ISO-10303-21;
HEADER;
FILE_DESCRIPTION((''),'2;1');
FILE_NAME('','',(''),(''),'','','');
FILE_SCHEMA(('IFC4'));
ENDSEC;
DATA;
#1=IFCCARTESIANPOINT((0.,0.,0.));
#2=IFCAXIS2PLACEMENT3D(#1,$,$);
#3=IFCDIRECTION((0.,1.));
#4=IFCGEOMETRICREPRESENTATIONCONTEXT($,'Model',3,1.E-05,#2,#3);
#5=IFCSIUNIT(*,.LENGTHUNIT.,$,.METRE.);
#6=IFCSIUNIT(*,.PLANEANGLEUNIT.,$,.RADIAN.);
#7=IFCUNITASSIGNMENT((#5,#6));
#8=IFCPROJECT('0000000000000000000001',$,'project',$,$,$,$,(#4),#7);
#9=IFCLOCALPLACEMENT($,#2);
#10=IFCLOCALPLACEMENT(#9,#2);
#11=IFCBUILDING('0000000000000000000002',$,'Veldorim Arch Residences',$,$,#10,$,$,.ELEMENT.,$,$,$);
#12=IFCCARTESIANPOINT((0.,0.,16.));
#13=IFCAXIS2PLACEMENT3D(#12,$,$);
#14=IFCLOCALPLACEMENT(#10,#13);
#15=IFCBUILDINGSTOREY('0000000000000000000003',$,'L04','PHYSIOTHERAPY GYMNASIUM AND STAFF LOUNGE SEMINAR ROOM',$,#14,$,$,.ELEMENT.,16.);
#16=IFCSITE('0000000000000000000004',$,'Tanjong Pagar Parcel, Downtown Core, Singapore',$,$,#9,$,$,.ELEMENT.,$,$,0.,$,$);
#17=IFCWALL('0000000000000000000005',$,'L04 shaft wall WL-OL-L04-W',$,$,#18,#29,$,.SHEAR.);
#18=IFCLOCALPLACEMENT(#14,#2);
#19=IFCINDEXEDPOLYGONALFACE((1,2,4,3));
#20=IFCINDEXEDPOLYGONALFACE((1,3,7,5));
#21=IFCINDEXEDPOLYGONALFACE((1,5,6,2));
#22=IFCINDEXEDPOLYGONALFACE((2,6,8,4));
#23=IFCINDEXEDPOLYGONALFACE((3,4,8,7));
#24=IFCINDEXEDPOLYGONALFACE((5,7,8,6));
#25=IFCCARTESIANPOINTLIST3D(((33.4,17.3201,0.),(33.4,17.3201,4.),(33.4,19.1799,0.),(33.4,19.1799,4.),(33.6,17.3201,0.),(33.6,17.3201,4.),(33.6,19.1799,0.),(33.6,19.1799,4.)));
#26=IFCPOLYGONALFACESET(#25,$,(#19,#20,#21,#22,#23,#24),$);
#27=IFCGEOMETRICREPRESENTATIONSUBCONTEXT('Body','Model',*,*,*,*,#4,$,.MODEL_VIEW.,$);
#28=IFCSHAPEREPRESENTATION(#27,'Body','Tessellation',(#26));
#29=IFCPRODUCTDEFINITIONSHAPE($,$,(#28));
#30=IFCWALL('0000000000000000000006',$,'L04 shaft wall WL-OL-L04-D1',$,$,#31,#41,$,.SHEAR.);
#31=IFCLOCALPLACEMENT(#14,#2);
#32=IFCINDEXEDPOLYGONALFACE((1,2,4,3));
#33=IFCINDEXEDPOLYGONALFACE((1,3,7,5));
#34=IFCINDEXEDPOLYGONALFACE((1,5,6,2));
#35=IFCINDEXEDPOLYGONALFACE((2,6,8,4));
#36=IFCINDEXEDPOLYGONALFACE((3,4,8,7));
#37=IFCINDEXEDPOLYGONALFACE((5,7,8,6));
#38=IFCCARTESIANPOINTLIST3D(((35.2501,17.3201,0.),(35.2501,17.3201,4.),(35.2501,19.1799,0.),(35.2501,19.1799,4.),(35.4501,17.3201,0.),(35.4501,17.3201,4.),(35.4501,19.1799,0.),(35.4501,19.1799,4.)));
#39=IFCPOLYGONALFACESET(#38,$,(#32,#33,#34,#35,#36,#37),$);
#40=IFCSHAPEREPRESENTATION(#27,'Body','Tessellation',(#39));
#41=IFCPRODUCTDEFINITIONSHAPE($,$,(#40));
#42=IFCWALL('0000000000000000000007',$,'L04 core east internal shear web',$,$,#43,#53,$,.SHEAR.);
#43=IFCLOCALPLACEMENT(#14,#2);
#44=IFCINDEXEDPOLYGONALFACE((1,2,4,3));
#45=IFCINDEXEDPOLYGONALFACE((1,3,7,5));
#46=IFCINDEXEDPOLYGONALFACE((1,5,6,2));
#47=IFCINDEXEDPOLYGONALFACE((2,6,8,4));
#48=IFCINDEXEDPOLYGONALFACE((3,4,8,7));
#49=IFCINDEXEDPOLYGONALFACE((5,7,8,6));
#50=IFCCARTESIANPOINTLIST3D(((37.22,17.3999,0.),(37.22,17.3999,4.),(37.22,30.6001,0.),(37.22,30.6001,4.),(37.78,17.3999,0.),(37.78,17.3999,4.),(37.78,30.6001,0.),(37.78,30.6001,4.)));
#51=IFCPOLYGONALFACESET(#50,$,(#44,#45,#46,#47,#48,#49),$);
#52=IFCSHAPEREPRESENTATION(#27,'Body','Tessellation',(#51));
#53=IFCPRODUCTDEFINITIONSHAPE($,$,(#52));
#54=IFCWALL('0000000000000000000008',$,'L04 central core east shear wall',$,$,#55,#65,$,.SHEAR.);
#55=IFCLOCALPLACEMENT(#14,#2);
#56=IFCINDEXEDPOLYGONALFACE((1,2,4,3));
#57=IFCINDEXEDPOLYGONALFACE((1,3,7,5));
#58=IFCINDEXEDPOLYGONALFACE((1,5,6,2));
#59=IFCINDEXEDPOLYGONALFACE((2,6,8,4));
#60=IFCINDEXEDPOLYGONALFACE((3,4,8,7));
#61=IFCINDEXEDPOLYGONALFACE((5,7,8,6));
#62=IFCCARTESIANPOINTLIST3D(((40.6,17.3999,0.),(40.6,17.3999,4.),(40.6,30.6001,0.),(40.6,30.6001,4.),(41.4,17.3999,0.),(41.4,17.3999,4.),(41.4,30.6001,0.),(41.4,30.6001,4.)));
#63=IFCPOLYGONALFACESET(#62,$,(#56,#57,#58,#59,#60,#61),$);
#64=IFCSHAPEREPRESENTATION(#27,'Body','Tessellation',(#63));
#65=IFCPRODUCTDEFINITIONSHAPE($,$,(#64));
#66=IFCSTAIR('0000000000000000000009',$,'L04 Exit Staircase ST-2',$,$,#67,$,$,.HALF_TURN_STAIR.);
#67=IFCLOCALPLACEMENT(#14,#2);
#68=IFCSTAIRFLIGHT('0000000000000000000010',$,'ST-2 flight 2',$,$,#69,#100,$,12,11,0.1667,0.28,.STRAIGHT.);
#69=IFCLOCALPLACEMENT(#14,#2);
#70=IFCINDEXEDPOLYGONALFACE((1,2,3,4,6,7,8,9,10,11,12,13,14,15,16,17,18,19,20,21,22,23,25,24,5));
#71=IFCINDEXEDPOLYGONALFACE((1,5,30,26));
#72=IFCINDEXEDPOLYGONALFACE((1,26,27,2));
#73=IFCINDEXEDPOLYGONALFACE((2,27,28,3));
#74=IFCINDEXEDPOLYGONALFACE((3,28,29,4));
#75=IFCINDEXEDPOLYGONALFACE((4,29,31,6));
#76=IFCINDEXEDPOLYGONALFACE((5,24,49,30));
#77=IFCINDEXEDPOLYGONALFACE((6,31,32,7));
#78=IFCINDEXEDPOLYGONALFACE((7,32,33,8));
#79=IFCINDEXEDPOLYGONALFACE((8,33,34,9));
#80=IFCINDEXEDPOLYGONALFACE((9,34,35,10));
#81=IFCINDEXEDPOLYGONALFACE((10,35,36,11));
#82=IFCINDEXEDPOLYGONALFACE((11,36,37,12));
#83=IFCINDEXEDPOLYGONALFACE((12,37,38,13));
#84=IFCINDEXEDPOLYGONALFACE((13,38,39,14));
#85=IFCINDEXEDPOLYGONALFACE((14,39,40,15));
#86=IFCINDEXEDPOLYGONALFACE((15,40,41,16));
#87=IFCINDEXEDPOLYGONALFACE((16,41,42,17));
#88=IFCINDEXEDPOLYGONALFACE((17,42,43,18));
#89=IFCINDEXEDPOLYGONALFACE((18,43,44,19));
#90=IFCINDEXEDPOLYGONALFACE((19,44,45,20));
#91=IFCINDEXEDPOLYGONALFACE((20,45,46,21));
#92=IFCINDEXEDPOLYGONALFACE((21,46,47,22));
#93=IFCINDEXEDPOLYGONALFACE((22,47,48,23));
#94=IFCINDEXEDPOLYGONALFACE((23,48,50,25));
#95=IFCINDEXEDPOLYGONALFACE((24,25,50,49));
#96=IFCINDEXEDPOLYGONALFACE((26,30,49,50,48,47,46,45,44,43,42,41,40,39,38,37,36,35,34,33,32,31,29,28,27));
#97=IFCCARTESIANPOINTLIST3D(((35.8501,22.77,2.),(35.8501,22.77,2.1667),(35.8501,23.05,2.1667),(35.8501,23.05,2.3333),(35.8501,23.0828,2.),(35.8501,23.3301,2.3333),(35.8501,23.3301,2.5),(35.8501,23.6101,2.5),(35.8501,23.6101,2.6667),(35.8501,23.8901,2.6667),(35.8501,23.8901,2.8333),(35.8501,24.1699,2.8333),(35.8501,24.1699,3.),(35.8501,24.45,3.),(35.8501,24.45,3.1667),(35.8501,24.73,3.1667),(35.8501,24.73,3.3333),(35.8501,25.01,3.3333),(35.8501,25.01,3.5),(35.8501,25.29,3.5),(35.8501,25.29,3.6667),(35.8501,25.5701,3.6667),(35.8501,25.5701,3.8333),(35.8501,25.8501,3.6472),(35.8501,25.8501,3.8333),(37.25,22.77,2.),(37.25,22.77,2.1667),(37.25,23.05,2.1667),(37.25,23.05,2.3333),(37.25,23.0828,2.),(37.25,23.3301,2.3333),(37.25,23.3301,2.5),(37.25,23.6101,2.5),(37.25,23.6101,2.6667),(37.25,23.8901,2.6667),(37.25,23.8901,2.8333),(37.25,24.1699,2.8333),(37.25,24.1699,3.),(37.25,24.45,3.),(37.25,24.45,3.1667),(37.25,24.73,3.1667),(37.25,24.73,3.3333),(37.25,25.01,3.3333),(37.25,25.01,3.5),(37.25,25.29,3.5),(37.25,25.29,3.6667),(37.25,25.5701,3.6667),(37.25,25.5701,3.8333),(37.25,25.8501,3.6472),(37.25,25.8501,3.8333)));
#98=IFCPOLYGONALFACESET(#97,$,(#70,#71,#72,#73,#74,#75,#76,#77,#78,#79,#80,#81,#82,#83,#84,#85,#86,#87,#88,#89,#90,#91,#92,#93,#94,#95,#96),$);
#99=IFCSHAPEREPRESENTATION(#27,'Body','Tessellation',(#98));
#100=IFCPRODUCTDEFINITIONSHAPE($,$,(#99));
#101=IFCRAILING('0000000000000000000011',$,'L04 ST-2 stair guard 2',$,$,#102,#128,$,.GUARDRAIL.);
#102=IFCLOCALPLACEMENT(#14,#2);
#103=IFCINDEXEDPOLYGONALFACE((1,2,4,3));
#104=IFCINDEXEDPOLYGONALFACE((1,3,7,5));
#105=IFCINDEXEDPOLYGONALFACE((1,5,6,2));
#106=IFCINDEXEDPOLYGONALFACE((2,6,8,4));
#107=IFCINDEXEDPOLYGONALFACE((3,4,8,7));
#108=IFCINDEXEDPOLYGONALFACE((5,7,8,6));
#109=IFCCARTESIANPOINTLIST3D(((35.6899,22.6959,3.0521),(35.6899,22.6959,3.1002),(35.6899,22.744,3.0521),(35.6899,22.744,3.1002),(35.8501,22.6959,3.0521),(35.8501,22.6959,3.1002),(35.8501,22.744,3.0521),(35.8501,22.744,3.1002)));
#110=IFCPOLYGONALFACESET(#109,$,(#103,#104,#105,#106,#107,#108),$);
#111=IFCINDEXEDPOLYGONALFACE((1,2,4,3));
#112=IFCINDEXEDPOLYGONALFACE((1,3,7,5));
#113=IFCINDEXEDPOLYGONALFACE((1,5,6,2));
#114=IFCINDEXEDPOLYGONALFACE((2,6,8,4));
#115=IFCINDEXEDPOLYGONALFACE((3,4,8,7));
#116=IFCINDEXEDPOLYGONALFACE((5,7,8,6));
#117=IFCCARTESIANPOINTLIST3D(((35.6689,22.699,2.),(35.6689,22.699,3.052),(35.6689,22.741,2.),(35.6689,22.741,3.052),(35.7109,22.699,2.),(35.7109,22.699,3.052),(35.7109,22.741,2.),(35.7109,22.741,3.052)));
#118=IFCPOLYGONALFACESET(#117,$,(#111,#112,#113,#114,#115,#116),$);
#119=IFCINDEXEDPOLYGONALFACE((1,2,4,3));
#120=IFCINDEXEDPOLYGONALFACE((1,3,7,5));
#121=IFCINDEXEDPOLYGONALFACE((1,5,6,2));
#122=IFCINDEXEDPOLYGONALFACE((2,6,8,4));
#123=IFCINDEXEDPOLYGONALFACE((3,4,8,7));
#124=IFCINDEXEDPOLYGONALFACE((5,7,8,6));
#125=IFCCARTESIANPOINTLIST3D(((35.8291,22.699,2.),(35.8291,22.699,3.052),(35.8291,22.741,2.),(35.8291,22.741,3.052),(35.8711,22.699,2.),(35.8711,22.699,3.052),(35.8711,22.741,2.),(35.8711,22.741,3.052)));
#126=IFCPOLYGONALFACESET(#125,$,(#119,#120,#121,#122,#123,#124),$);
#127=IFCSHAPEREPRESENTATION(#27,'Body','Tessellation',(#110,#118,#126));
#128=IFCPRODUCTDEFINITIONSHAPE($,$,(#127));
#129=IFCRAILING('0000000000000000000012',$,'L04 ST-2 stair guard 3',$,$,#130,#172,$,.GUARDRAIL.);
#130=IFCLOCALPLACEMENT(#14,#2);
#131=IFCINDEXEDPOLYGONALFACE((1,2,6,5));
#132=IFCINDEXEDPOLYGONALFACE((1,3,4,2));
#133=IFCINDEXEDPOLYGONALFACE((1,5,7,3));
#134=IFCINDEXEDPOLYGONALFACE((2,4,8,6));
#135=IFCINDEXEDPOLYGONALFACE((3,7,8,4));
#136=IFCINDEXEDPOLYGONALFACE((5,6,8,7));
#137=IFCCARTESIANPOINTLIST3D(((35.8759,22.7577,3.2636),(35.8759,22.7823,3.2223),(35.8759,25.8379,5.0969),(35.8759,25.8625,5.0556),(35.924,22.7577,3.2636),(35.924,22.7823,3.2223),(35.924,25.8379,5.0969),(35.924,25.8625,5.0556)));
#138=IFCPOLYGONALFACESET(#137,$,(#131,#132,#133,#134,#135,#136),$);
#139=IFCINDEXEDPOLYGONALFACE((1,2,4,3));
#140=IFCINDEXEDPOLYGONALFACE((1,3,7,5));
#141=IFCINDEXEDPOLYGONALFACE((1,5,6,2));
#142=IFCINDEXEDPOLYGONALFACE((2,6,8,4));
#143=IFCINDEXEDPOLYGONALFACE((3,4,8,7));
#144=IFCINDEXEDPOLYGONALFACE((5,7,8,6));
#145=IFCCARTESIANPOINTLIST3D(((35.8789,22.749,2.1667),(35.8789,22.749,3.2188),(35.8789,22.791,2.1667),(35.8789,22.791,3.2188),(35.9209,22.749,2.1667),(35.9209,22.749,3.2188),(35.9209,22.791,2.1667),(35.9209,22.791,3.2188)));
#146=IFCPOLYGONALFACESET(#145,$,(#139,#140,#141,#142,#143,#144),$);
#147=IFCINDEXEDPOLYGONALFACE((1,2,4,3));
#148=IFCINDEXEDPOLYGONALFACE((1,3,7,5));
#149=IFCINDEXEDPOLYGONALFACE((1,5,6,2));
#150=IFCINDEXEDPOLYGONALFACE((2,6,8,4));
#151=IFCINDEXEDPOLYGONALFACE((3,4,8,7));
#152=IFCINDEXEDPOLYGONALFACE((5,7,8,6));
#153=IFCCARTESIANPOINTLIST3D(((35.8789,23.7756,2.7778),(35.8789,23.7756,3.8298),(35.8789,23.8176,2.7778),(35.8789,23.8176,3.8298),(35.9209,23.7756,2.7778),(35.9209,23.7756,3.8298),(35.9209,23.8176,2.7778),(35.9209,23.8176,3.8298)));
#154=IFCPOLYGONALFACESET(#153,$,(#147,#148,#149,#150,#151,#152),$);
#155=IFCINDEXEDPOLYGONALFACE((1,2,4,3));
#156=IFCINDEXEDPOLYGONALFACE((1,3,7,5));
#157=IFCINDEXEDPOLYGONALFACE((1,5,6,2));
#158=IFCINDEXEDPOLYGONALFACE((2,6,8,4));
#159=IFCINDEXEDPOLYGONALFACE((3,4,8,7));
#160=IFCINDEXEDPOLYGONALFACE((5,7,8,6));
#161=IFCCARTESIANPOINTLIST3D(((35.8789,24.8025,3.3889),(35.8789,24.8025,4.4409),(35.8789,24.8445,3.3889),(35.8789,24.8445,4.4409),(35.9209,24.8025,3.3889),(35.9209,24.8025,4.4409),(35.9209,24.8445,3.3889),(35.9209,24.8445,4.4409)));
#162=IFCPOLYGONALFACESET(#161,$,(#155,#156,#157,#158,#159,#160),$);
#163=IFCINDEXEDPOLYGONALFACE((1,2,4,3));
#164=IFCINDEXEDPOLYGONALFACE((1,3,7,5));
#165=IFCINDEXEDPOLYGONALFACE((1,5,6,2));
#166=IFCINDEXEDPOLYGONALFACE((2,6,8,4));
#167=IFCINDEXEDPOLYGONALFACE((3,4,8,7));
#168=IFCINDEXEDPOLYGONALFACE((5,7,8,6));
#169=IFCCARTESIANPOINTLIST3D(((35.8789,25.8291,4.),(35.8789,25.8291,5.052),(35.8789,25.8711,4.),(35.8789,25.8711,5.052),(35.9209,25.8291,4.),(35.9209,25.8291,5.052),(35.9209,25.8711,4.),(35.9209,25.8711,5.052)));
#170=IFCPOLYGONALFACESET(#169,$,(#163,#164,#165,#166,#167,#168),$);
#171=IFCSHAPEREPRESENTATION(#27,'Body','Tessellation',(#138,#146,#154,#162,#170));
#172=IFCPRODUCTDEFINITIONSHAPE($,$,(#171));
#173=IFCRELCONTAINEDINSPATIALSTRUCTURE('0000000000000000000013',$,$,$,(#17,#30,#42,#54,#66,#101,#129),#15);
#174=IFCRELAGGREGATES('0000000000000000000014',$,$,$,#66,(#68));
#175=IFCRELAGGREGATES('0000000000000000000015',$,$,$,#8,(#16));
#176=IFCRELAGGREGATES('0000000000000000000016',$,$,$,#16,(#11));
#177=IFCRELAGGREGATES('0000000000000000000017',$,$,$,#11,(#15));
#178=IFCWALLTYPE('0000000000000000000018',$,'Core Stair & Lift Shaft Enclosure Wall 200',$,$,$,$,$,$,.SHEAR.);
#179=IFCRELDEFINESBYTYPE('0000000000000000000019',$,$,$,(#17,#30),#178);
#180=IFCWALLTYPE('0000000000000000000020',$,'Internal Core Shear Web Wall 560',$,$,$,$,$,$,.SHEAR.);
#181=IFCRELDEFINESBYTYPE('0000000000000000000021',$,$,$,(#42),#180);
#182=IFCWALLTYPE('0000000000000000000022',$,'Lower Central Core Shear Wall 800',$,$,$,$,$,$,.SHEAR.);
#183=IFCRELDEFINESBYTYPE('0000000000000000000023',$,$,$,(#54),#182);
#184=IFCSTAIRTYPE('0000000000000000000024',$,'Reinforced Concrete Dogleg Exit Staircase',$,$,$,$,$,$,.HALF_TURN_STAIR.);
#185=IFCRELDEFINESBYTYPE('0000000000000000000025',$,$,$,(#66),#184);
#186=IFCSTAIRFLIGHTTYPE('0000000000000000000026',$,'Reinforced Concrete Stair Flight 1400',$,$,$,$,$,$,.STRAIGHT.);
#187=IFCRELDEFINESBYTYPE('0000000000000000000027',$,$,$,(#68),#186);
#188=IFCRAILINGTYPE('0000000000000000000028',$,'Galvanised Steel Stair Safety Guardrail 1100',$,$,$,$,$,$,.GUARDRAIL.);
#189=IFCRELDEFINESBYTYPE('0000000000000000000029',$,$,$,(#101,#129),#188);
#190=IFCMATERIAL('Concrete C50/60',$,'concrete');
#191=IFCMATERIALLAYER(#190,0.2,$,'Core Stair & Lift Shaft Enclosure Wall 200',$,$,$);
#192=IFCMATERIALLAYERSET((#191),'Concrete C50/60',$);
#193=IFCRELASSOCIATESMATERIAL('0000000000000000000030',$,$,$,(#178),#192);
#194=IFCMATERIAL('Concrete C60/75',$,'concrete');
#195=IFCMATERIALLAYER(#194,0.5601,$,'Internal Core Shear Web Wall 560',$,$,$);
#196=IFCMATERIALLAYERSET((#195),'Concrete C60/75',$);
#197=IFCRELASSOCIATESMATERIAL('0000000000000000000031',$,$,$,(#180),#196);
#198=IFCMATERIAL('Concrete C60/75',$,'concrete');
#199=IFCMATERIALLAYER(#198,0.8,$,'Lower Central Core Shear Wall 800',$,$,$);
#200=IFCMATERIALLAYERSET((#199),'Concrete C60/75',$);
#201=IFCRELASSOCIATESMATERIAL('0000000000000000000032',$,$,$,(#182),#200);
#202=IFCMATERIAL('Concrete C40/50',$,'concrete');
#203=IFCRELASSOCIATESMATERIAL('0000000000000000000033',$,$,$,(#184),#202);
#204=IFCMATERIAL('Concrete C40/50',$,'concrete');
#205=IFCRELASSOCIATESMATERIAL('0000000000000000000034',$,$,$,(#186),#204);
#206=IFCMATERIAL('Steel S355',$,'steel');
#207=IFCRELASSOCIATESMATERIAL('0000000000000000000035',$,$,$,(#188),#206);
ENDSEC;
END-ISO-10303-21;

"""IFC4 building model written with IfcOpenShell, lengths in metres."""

from ifc_helpers import new_model, si_unit, direction, frame, frame_2d, origin, origin_2d, place, context, subcontext, project, spatial, polyline, rectangle, outline, extrude, material, layer, layer_set, type_object, element, aggregate, save


model = new_model("IFC4")

# Units and contexts
model_context = context("Model", 3, precision=1e-05, world=origin(), true_north=direction((0.0, 1.0)))
body_context = subcontext(model_context, "Body", "Model", "MODEL_VIEW")
ifc_project = project(units=[si_unit("LENGTHUNIT", "METRE"), si_unit("PLANEANGLEUNIT", "RADIAN")], contexts=[model_context])

# Site, building, storey
site_placement = place(None, origin())
site = spatial("IfcSite", under=ifc_project, at=site_placement, Name="Tanjong Pagar Parcel, Downtown Core, Singapore", CompositionType="ELEMENT", RefElevation=0.0)
building_placement = place(site_placement, origin())
building = spatial("IfcBuilding", under=site, at=building_placement, Name="Veldorim Arch Residences", CompositionType="ELEMENT")
storey_placement = place(building_placement, frame((0.0, 0.0, 16.0)))
storey = spatial("IfcBuildingStorey", under=building, at=storey_placement, Name="L04", Description="PHYSIOTHERAPY GYMNASIUM AND STAFF LOUNGE SEMINAR ROOM", CompositionType="ELEMENT", Elevation=16.0)

# Walls
ifc_material_1 = material(Name="Concrete C50/60", Category="concrete")
ifc_layer_1 = layer(ifc_material_1, 0.2, Name="Core Stair & Lift Shaft Enclosure Wall 200")
ifc_layer_set_1 = layer_set([ifc_layer_1], Name="Concrete C50/60")
wall_type_1 = type_object("IfcWallType", Name="Core Stair & Lift Shaft Enclosure Wall 200", PredefinedType="SHEAR", material=ifc_layer_set_1)
for number, where, z_axis, x_axis, name in (
    (1, (33.5, 17.3201, 0.0), (0.0, 0.0, 1.0), (0.0, 1.0, 0.0), "L04 shaft wall WL-OL-L04-W"),
    (2, (35.3501, 17.3201, 0.0), (0.0, 0.0, 1.0), (0.0, 1.0, 0.0), "L04 shaft wall WL-OL-L04-D1"),
):
    element("IfcWall", number, at=place(storey_placement, frame(where, z_axis=z_axis, x_axis=x_axis)), inside=storey, type_object=wall_type_1, Name=name, PredefinedType="SHEAR", context=body_context, shape_type="SweptSolid", body=[
        extrude(rectangle(XDim=1.8599, YDim=0.2, at=frame_2d((0.9299, 0.0))), origin(), (0.0, 0.0, 1.0), 4.0),
    ])
ifc_material_2 = material(Name="Concrete C60/75", Category="concrete")
ifc_layer_2 = layer(ifc_material_2, 0.5601, Name="Internal Core Shear Web Wall 560")
ifc_layer_set_2 = layer_set([ifc_layer_2], Name="Concrete C60/75")
wall_type_2 = type_object("IfcWallType", Name="Internal Core Shear Web Wall 560", PredefinedType="SHEAR", material=ifc_layer_set_2)
wall_1_placement = place(storey_placement, frame((37.5, 17.3999, 0.0), z_axis=(0.0, 0.0, 1.0), x_axis=(0.0, 1.0, 0.0)))
element("IfcWall", 3, at=wall_1_placement, inside=storey, type_object=wall_type_2, Name="L04 core east internal shear web", PredefinedType="SHEAR", context=body_context, shape_type="SweptSolid", body=[
    extrude(rectangle(XDim=13.2002, YDim=0.5601, at=frame_2d((6.6001, 0.0))), origin(), (0.0, 0.0, 1.0), 4.0),
])
ifc_material_3 = material(Name="Concrete C60/75", Category="concrete")
ifc_layer_3 = layer(ifc_material_3, 0.8, Name="Lower Central Core Shear Wall 800")
ifc_layer_set_3 = layer_set([ifc_layer_3], Name="Concrete C60/75")
wall_type_3 = type_object("IfcWallType", Name="Lower Central Core Shear Wall 800", PredefinedType="SHEAR", material=ifc_layer_set_3)
wall_2_placement = place(storey_placement, frame((41.0, 17.3999, 0.0), z_axis=(0.0, 0.0, 1.0), x_axis=(0.0, 1.0, 0.0)))
element("IfcWall", 4, at=wall_2_placement, inside=storey, type_object=wall_type_3, Name="L04 central core east shear wall", PredefinedType="SHEAR", context=body_context, shape_type="SweptSolid", body=[
    extrude(rectangle(XDim=13.2002, YDim=0.8, at=frame_2d((6.6001, 0.0))), origin(), (0.0, 0.0, 1.0), 4.0),
])

# Stair, stair flight
ifc_material_4 = material(Name="Concrete C40/50", Category="concrete")
stair_type = type_object("IfcStairType", Name="Reinforced Concrete Dogleg Exit Staircase", PredefinedType="HALF_TURN_STAIR", material=ifc_material_4)
stair_placement = place(storey_placement, origin())
stair = element("IfcStair", 5, at=stair_placement, inside=storey, type_object=stair_type, Name="L04 Exit Staircase ST-2", PredefinedType="HALF_TURN_STAIR")
ifc_material_5 = material(Name="Concrete C40/50", Category="concrete")
stair_flight_type = type_object("IfcStairFlightType", Name="Reinforced Concrete Stair Flight 1400", PredefinedType="STRAIGHT", material=ifc_material_5)
stair_flight_placement = place(storey_placement, frame((36.55, 22.77, 2.0), z_axis=(0.0, 0.0, 1.0), x_axis=(0.0, 1.0, 0.0)))
stair_flight = element("IfcStairFlight", 6, at=stair_flight_placement, type_object=stair_flight_type, Name="ST-2 flight 2", NumberOfRisers=12, NumberOfTreads=11, PredefinedType="STRAIGHT", RiserHeight=0.1667, TreadLength=0.28, context=body_context, shape_type="SweptSolid", body=[
    extrude(outline(polyline([(0.0, 0.0), (0.0, 0.1667), (0.28, 0.1667), (0.28, 0.3333), (0.5601, 0.3333), (0.5601, 0.5), (0.8401, 0.5), (0.8401, 0.6667), (1.1201, 0.6667), (1.1201, 0.8333), (1.3999, 0.8333), (1.3999, 1.0), (1.6799, 1.0), (1.6799, 1.1667), (1.96, 1.1667), (1.96, 1.3333), (2.24, 1.3333), (2.24, 1.5), (2.52, 1.5), (2.52, 1.6667), (2.8, 1.6667), (2.8, 1.8333), (3.0801, 1.8333), (3.0801, 2.0), (3.0801, 1.6472), (0.3127, 0.0), (0.0, 0.0)])), frame((0.0, 0.7, 0.0), z_axis=(0.0, -1.0, 0.0), x_axis=(1.0, 0.0, 0.0)), (0.0, 0.0, 1.0), 1.3999),
])
aggregate(stair, [stair_flight])

# Railings
ifc_material_6 = material(Name="Steel S355", Category="steel")
railing_type = type_object("IfcRailingType", Name="Galvanised Steel Stair Safety Guardrail 1100", PredefinedType="GUARDRAIL", material=ifc_material_6)
railing_1_placement = place(storey_placement, frame((35.6899, 22.72, 2.0)))
element("IfcRailing", 7, at=railing_1_placement, inside=storey, type_object=railing_type, Name="L04 ST-2 stair guard 2", PredefinedType="GUARDRAIL", context=body_context, shape_type="SweptSolid", body=[
    extrude(rectangle(XDim=0.0481, YDim=0.0481, at=origin_2d()), frame((0.0, 0.0, 1.0762), z_axis=(1.0, 0.0, 0.0), x_axis=(0.0, 1.0, 0.0)), (0.0, 0.0, 1.0), 0.1602),
    extrude(rectangle(XDim=0.042, YDim=0.042, at=origin_2d()), origin(), (0.0, 0.0, 1.0), 1.052),
    extrude(rectangle(XDim=0.042, YDim=0.042, at=origin_2d()), frame((0.1602, 0.0, 0.0)), (0.0, 0.0, 1.0), 1.052),
])
railing_2_placement = place(storey_placement, frame((35.8999, 22.77, 2.1667)))
element("IfcRailing", 8, at=railing_2_placement, inside=storey, type_object=railing_type, Name="L04 ST-2 stair guard 3", PredefinedType="GUARDRAIL", context=body_context, shape_type="SweptSolid", body=[
    extrude(rectangle(XDim=0.0481, YDim=0.0481, at=origin_2d()), frame((0.0, 0.0, 1.0762), z_axis=(0.0, 0.859309, 0.511458), x_axis=(-1.0, 0.0, 0.0)), (0.0, 0.0, 1.0), 3.5845),
    extrude(rectangle(XDim=0.042, YDim=0.042, at=origin_2d()), origin(), (0.0, 0.0, 1.0), 1.052),
    extrude(rectangle(XDim=0.042, YDim=0.042, at=origin_2d()), frame((0.0, 1.0266, 0.6111)), (0.0, 0.0, 1.0), 1.052),
    extrude(rectangle(XDim=0.042, YDim=0.042, at=origin_2d()), frame((0.0, 2.0535, 1.2222)), (0.0, 0.0, 1.0), 1.052),
    extrude(rectangle(XDim=0.042, YDim=0.042, at=origin_2d()), frame((0.0, 3.0801, 1.8333)), (0.0, 0.0, 1.0), 1.052),
])

save(model, "model.ifc")
